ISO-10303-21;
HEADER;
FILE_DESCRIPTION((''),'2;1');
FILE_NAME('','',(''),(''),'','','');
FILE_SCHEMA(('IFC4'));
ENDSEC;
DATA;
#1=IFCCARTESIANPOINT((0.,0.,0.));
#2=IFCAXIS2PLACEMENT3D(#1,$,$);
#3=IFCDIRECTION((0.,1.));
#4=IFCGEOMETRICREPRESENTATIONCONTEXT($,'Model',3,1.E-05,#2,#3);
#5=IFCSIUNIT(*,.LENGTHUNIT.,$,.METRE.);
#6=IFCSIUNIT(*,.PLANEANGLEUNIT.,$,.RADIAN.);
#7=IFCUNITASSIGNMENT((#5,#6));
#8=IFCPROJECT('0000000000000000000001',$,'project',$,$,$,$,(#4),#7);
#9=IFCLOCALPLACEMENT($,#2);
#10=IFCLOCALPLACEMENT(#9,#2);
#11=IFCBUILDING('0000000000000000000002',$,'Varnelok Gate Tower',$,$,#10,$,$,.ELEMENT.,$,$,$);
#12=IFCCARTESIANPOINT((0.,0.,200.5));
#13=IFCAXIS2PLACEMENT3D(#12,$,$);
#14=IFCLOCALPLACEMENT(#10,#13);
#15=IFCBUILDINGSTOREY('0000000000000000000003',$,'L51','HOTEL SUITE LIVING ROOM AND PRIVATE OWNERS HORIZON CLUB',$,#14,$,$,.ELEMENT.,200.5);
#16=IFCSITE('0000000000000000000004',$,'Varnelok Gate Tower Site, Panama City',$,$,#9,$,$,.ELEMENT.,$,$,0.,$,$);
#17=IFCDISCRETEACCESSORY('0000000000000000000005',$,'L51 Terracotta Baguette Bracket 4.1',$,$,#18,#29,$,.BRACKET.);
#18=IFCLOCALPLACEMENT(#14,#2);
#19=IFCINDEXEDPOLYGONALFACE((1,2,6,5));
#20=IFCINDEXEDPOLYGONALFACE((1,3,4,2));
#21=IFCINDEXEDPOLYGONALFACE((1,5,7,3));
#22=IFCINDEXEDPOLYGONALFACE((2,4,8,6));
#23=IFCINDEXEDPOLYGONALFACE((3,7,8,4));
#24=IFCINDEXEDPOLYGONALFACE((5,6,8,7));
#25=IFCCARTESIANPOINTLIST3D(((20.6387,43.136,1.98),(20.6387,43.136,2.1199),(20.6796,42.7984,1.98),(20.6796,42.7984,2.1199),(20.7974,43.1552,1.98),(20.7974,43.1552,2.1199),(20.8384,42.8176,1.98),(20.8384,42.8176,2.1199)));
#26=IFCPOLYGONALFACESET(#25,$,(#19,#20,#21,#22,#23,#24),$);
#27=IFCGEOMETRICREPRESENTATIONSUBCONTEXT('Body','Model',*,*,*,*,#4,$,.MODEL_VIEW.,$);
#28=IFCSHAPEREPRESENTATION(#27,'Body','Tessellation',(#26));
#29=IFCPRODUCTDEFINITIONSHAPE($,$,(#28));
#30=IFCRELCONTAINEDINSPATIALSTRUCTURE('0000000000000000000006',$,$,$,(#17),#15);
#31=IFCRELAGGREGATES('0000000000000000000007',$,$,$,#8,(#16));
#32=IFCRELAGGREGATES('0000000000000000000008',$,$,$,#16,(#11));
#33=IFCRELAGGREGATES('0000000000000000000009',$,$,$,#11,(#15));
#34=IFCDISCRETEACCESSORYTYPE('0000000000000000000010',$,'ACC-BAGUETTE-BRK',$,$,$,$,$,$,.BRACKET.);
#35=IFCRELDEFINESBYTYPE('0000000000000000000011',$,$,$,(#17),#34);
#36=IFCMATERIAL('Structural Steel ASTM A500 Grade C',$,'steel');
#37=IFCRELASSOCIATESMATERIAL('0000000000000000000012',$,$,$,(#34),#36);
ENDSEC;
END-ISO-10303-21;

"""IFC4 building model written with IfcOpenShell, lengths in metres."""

from ifc_helpers import new_model, si_unit, direction, frame, origin, origin_2d, place, context, subcontext, project, spatial, rectangle, extrude, source, transform, mapped, material, type_object, element, save


model = new_model("IFC4")

# Units and contexts
model_context = context("Model", 3, precision=1e-05, world=origin(), true_north=direction((0.0, 1.0)))
body_context = subcontext(model_context, "Body", "Model", "MODEL_VIEW")
ifc_project = project(units=[si_unit("LENGTHUNIT", "METRE"), si_unit("PLANEANGLEUNIT", "RADIAN")], contexts=[model_context])

# Site, building, storey
site_placement = place(None, origin())
site = spatial("IfcSite", under=ifc_project, at=site_placement, Name="Varnelok Gate Tower Site, Panama City", CompositionType="ELEMENT", RefElevation=0.0)
building_placement = place(site_placement, origin())
building = spatial("IfcBuilding", under=site, at=building_placement, Name="Varnelok Gate Tower", CompositionType="ELEMENT")
storey_placement = place(building_placement, frame((0.0, 0.0, 200.5)))
storey = spatial("IfcBuildingStorey", under=building, at=storey_placement, Name="L51", Description="HOTEL SUITE LIVING ROOM AND PRIVATE OWNERS HORIZON CLUB", CompositionType="ELEMENT", Elevation=200.5)

# Discrete accessory
ifc_material_1 = material(Name="Structural Steel ASTM A500 Grade C", Category="steel")
discrete_accessory_type = type_object("IfcDiscreteAccessoryType", Name="ACC-BAGUETTE-BRK", PredefinedType="BRACKET", material=ifc_material_1)
shared_shape_1 = source(origin(), body_context, "Body", "SweptSolid", [
    extrude(rectangle(XDim=0.1599, YDim=0.3401, at=origin_2d()), origin(), (0.0, 0.0, 1.0), 0.1399),
])
discrete_accessory_placement = place(storey_placement, frame((20.7385, 42.9768, 1.98), z_axis=(0.0, 0.0, 1.0), x_axis=(0.992732, 0.120345, 0.0)))
element("IfcDiscreteAccessory", 1, at=discrete_accessory_placement, inside=storey, type_object=discrete_accessory_type, Name="L51 Terracotta Baguette Bracket 4.1", PredefinedType="BRACKET", context=body_context, shape_type="MappedRepresentation", body=[
    mapped(shared_shape_1, transform((0.0, 0.0, 0.0), scale=1.0)),
])

save(model, "model.ifc")
